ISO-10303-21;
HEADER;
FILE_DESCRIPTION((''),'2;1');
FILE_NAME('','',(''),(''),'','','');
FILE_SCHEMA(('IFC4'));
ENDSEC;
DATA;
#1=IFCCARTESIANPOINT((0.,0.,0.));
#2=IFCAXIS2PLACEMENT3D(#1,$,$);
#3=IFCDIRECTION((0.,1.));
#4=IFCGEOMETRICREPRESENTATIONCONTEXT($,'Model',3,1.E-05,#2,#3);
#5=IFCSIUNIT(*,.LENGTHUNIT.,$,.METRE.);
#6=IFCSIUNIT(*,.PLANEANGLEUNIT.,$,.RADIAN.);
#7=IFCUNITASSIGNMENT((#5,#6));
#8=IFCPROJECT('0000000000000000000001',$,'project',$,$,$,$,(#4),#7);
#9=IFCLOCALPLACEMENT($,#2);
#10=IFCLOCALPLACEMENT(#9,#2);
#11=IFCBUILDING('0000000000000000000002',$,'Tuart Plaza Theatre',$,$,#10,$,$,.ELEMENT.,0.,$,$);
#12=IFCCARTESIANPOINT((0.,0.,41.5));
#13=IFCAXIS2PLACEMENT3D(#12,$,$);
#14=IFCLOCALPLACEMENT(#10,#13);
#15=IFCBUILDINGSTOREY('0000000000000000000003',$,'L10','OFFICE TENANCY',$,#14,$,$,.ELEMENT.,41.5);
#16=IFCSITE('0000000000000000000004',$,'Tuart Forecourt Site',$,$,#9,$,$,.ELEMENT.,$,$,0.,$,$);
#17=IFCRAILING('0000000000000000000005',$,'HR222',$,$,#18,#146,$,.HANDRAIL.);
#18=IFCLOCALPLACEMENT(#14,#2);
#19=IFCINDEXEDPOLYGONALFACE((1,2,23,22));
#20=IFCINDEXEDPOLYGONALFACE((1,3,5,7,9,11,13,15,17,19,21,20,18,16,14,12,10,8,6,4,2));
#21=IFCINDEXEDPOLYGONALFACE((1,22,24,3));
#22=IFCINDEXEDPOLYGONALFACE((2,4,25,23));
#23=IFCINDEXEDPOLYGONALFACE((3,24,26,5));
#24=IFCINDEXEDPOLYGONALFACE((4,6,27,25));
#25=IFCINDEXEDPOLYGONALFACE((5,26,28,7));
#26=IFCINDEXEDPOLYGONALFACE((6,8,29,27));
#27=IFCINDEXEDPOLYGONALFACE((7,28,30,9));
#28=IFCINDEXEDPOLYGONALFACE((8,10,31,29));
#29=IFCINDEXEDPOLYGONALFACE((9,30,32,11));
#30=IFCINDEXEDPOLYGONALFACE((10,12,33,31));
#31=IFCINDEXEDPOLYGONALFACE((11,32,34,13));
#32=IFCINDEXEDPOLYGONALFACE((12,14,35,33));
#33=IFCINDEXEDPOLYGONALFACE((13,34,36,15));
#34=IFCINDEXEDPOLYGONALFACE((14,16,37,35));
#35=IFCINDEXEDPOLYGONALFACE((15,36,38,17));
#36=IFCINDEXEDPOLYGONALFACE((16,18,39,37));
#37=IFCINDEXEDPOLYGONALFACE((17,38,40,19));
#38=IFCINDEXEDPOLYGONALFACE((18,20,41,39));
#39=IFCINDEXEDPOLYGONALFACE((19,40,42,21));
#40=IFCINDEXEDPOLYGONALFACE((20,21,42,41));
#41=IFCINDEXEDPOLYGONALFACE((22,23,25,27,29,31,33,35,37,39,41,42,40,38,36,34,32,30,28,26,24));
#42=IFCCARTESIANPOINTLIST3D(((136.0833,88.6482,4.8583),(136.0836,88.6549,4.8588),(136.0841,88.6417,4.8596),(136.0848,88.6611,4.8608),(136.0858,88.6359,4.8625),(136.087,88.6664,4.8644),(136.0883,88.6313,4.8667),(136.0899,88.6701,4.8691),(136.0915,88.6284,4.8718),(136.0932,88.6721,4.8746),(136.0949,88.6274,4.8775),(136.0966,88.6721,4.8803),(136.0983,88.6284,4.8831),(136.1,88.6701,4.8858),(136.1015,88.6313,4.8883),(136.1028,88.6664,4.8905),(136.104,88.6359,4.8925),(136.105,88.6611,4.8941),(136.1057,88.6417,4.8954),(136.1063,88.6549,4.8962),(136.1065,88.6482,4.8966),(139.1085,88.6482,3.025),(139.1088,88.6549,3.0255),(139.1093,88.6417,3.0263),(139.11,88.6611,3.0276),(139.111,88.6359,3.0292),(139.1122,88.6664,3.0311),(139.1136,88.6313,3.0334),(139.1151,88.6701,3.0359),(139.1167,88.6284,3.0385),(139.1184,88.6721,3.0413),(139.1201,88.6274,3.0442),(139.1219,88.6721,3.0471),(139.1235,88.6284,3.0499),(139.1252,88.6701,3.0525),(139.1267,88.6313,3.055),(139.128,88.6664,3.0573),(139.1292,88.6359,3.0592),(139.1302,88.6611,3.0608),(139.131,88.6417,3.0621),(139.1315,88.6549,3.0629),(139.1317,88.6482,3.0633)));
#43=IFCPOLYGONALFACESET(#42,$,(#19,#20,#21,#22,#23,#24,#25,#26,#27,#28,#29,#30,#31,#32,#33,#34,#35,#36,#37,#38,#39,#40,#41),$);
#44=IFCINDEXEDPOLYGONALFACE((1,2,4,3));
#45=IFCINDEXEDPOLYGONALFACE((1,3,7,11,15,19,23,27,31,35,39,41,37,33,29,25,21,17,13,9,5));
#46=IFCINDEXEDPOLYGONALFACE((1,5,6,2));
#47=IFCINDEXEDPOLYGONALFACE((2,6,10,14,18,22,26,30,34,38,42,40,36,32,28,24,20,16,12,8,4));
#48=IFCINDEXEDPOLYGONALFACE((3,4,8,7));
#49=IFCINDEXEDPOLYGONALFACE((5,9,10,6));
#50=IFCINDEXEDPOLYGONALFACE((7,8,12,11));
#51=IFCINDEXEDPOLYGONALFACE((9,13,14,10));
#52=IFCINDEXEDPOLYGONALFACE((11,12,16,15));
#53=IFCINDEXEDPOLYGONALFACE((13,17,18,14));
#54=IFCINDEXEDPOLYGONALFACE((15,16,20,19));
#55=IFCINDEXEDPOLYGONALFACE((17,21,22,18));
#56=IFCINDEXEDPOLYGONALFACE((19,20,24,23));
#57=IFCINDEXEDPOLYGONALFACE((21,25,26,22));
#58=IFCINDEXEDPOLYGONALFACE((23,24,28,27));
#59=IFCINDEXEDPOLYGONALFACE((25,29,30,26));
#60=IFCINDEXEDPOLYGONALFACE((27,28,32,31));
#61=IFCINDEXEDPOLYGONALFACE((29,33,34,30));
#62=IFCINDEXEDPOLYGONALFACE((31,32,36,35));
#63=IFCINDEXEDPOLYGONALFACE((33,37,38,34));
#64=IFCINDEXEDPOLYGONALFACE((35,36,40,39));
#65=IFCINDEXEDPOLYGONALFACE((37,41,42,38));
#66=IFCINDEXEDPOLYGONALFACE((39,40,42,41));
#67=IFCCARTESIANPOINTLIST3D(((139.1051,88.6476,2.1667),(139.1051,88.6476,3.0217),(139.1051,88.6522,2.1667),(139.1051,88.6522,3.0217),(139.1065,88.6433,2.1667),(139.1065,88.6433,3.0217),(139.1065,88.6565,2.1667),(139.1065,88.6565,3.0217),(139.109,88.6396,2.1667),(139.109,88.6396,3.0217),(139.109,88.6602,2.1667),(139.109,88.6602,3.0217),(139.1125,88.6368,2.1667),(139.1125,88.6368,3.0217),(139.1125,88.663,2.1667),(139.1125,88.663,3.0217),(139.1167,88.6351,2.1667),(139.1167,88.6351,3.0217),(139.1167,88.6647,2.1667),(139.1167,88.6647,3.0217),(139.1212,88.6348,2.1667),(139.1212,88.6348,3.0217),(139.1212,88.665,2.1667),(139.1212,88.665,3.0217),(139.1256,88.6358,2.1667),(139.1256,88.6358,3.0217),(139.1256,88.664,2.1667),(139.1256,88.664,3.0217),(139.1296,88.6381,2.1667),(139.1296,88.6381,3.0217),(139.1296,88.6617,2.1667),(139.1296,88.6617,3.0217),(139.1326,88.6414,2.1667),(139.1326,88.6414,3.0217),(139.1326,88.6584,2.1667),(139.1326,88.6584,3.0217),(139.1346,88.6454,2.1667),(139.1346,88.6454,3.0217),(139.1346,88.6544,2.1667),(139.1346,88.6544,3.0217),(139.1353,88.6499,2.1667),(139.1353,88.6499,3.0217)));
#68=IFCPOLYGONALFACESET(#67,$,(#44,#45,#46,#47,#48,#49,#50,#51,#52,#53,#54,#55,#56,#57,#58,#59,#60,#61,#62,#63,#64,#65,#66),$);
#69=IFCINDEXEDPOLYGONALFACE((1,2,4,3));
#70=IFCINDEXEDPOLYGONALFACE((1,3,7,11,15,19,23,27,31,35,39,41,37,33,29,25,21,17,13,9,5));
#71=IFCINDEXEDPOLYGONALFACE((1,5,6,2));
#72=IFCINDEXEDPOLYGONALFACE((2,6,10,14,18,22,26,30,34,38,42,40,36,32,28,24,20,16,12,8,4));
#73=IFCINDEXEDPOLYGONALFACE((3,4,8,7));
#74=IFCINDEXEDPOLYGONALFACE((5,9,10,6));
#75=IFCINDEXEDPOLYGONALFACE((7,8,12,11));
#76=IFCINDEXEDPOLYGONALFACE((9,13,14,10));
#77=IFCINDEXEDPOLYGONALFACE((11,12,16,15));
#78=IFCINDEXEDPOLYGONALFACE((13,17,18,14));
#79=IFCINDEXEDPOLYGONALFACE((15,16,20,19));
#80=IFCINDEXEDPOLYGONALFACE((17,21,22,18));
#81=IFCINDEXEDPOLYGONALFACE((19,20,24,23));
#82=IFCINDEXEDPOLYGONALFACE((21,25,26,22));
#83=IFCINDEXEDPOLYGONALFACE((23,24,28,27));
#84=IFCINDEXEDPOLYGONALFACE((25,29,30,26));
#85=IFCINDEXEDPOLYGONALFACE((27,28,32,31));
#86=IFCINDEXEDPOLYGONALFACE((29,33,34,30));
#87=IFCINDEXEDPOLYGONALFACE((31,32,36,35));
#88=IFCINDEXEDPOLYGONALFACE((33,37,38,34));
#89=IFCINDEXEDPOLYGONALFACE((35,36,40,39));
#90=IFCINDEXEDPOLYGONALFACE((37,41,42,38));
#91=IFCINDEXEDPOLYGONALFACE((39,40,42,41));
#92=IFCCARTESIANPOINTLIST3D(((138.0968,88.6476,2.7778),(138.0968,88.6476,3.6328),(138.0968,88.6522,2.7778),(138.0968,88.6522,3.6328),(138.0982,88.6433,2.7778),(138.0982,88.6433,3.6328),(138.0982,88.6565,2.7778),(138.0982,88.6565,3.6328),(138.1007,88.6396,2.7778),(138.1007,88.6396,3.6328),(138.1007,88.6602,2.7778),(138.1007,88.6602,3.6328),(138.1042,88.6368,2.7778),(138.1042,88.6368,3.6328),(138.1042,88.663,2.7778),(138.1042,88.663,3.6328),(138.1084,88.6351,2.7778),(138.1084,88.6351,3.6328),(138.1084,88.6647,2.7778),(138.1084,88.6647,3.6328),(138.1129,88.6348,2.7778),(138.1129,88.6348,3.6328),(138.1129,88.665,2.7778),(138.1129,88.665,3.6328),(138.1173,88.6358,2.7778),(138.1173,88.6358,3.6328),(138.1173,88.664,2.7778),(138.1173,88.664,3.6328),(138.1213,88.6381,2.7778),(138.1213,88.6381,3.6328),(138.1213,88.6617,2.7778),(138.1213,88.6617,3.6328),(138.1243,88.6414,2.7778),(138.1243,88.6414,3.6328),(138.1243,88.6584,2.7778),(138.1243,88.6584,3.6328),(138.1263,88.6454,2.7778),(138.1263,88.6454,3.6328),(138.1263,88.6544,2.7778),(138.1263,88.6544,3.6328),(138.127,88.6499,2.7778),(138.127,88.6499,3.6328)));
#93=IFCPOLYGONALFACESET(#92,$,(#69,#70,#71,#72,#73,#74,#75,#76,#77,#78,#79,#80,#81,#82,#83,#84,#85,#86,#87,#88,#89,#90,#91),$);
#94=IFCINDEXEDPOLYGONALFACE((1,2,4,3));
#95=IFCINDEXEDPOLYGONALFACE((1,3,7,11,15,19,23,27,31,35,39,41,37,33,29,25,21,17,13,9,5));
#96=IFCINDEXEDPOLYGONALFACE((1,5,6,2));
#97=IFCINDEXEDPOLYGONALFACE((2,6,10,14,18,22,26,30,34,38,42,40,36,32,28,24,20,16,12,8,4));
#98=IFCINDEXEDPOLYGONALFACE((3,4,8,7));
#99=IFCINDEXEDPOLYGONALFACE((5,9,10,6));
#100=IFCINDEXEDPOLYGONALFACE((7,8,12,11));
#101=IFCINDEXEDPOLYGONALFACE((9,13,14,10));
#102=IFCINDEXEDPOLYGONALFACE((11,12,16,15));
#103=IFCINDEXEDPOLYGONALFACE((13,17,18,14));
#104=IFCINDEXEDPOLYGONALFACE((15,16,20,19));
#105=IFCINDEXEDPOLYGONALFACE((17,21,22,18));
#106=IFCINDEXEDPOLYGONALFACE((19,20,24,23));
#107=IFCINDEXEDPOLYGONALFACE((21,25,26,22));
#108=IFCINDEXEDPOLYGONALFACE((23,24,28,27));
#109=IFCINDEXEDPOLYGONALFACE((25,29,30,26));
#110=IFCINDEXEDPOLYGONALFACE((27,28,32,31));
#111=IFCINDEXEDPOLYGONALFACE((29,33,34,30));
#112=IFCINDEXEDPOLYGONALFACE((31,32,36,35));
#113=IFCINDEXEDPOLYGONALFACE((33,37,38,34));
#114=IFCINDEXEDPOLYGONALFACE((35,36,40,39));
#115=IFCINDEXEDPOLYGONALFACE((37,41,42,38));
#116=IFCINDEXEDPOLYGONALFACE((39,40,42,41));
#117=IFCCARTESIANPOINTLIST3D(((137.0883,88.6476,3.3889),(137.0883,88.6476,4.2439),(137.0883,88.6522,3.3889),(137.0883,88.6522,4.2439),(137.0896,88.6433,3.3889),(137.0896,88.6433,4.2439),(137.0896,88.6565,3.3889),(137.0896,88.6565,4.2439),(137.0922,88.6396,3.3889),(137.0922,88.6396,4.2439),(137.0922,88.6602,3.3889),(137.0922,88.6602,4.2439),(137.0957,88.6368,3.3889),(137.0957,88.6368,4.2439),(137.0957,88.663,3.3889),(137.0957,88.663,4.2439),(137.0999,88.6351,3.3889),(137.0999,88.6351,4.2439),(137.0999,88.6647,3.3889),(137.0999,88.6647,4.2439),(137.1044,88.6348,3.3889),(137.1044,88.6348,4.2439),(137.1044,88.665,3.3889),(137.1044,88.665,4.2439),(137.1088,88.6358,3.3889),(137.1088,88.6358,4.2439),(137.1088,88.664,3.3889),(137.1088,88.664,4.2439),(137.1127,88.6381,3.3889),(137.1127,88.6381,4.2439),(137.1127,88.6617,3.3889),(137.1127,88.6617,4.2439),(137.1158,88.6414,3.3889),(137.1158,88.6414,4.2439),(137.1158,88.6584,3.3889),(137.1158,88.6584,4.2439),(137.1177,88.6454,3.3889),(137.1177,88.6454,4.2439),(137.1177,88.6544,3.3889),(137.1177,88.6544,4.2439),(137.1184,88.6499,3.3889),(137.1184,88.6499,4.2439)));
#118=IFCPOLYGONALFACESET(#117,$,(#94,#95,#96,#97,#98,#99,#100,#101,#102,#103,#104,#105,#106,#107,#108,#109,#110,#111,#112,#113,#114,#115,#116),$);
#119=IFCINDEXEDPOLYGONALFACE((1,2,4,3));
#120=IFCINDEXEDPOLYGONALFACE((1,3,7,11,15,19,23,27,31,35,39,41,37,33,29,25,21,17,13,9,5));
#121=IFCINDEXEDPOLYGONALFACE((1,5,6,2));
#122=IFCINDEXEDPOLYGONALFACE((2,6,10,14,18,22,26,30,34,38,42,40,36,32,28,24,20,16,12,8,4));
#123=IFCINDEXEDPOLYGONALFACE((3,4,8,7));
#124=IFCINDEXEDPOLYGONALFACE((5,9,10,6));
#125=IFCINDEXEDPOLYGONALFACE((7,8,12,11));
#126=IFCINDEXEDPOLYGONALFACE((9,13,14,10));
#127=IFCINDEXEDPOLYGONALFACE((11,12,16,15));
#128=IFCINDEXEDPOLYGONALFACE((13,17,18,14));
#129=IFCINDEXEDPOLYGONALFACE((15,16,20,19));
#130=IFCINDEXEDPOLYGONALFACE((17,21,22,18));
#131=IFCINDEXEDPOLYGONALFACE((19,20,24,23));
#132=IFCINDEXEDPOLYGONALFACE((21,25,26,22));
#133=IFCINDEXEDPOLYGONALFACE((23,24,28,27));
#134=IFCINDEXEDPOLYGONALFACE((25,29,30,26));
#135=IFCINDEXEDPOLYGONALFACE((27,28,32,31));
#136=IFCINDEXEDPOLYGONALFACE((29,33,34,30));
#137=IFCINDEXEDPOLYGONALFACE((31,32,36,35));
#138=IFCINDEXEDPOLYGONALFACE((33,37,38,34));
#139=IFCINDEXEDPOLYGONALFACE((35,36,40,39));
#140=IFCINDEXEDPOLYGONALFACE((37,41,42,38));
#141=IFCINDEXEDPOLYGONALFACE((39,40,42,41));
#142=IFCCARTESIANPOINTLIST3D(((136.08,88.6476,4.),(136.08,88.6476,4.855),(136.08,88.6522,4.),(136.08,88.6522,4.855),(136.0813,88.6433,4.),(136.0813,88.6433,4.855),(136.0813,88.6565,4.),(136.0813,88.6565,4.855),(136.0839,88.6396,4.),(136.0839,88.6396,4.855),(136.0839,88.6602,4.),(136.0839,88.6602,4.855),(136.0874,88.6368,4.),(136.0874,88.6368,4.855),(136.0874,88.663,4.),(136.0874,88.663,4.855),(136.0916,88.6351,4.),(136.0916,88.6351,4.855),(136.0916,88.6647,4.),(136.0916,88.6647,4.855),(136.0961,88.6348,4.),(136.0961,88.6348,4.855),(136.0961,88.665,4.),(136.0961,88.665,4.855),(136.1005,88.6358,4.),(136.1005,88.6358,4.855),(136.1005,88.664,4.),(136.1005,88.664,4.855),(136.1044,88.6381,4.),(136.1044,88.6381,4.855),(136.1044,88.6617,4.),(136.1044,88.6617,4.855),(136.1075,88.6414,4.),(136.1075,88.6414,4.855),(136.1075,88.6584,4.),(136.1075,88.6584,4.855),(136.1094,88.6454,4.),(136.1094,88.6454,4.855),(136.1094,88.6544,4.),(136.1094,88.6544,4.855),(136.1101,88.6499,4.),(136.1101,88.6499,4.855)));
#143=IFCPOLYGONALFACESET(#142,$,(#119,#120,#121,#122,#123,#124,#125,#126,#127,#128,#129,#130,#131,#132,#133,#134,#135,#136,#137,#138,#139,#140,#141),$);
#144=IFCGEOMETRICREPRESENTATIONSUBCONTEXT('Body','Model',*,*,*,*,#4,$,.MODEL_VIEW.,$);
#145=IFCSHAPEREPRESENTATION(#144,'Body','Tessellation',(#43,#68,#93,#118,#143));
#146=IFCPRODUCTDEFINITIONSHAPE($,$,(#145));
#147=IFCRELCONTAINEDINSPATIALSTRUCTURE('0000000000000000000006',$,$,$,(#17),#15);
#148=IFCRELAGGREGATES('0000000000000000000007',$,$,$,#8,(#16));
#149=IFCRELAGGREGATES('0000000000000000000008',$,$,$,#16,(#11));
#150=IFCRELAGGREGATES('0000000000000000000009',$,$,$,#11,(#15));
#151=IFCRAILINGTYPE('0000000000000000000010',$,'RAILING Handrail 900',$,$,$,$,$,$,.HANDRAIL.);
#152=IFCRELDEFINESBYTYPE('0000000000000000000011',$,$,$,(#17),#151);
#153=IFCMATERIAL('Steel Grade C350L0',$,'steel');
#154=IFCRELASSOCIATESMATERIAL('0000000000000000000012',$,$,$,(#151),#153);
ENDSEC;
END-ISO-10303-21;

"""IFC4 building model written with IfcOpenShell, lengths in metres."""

from ifc_helpers import new_model, si_unit, direction, frame, origin, origin_2d, place, context, subcontext, project, spatial, circle, extrude, material, type_object, element, save


model = new_model("IFC4")

# Units and contexts
model_context = context("Model", 3, precision=1e-05, world=origin(), true_north=direction((0.0, 1.0)))
body_context = subcontext(model_context, "Body", "Model", "MODEL_VIEW")
ifc_project = project(units=[si_unit("LENGTHUNIT", "METRE"), si_unit("PLANEANGLEUNIT", "RADIAN")], contexts=[model_context])

# Site, building, storey
site_placement = place(None, origin())
site = spatial("IfcSite", under=ifc_project, at=site_placement, Name="Tuart Forecourt Site", CompositionType="ELEMENT", RefElevation=0.0)
building_placement = place(site_placement, origin())
building = spatial("IfcBuilding", under=site, at=building_placement, Name="Tuart Plaza Theatre", CompositionType="ELEMENT", ElevationOfRefHeight=0.0)
storey_placement = place(building_placement, frame((0.0, 0.0, 41.5)))
storey = spatial("IfcBuildingStorey", under=building, at=storey_placement, Name="L10", Description="OFFICE TENANCY", CompositionType="ELEMENT", Elevation=41.5)

# Railing
ifc_material_1 = material(Name="Steel Grade C350L0", Category="steel")
railing_type_1 = type_object("IfcRailingType", Name="RAILING Handrail 900", PredefinedType="HANDRAIL", material=ifc_material_1)
railing_1_placement = place(storey_placement, frame((139.1201, 88.6499, 2.1667)))
element("IfcRailing", 1, at=railing_1_placement, inside=storey, type_object=railing_type_1, Name="HR222", PredefinedType="HANDRAIL", context=body_context, shape_type="SweptSolid", body=[
    extrude(circle(Radius=0.0225, at=origin_2d()), frame((0.0, 0.0, 0.8774), z_axis=(-0.855219, 0.0, 0.518267), x_axis=(0.0, -1.0, 0.0)), (0.0, 0.0, 1.0), 3.5374),
    extrude(circle(Radius=0.0151, at=origin_2d()), origin(), (0.0, 0.0, 1.0), 0.855),
    extrude(circle(Radius=0.0151, at=origin_2d()), frame((-1.0083, 0.0, 0.6111)), (0.0, 0.0, 1.0), 0.855),
    extrude(circle(Radius=0.0151, at=origin_2d()), frame((-2.0168, 0.0, 1.2222)), (0.0, 0.0, 1.0), 0.855),
    extrude(circle(Radius=0.0151, at=origin_2d()), frame((-3.0251, 0.0, 1.8333)), (0.0, 0.0, 1.0), 0.855),
])

save(model, "model.ifc")
